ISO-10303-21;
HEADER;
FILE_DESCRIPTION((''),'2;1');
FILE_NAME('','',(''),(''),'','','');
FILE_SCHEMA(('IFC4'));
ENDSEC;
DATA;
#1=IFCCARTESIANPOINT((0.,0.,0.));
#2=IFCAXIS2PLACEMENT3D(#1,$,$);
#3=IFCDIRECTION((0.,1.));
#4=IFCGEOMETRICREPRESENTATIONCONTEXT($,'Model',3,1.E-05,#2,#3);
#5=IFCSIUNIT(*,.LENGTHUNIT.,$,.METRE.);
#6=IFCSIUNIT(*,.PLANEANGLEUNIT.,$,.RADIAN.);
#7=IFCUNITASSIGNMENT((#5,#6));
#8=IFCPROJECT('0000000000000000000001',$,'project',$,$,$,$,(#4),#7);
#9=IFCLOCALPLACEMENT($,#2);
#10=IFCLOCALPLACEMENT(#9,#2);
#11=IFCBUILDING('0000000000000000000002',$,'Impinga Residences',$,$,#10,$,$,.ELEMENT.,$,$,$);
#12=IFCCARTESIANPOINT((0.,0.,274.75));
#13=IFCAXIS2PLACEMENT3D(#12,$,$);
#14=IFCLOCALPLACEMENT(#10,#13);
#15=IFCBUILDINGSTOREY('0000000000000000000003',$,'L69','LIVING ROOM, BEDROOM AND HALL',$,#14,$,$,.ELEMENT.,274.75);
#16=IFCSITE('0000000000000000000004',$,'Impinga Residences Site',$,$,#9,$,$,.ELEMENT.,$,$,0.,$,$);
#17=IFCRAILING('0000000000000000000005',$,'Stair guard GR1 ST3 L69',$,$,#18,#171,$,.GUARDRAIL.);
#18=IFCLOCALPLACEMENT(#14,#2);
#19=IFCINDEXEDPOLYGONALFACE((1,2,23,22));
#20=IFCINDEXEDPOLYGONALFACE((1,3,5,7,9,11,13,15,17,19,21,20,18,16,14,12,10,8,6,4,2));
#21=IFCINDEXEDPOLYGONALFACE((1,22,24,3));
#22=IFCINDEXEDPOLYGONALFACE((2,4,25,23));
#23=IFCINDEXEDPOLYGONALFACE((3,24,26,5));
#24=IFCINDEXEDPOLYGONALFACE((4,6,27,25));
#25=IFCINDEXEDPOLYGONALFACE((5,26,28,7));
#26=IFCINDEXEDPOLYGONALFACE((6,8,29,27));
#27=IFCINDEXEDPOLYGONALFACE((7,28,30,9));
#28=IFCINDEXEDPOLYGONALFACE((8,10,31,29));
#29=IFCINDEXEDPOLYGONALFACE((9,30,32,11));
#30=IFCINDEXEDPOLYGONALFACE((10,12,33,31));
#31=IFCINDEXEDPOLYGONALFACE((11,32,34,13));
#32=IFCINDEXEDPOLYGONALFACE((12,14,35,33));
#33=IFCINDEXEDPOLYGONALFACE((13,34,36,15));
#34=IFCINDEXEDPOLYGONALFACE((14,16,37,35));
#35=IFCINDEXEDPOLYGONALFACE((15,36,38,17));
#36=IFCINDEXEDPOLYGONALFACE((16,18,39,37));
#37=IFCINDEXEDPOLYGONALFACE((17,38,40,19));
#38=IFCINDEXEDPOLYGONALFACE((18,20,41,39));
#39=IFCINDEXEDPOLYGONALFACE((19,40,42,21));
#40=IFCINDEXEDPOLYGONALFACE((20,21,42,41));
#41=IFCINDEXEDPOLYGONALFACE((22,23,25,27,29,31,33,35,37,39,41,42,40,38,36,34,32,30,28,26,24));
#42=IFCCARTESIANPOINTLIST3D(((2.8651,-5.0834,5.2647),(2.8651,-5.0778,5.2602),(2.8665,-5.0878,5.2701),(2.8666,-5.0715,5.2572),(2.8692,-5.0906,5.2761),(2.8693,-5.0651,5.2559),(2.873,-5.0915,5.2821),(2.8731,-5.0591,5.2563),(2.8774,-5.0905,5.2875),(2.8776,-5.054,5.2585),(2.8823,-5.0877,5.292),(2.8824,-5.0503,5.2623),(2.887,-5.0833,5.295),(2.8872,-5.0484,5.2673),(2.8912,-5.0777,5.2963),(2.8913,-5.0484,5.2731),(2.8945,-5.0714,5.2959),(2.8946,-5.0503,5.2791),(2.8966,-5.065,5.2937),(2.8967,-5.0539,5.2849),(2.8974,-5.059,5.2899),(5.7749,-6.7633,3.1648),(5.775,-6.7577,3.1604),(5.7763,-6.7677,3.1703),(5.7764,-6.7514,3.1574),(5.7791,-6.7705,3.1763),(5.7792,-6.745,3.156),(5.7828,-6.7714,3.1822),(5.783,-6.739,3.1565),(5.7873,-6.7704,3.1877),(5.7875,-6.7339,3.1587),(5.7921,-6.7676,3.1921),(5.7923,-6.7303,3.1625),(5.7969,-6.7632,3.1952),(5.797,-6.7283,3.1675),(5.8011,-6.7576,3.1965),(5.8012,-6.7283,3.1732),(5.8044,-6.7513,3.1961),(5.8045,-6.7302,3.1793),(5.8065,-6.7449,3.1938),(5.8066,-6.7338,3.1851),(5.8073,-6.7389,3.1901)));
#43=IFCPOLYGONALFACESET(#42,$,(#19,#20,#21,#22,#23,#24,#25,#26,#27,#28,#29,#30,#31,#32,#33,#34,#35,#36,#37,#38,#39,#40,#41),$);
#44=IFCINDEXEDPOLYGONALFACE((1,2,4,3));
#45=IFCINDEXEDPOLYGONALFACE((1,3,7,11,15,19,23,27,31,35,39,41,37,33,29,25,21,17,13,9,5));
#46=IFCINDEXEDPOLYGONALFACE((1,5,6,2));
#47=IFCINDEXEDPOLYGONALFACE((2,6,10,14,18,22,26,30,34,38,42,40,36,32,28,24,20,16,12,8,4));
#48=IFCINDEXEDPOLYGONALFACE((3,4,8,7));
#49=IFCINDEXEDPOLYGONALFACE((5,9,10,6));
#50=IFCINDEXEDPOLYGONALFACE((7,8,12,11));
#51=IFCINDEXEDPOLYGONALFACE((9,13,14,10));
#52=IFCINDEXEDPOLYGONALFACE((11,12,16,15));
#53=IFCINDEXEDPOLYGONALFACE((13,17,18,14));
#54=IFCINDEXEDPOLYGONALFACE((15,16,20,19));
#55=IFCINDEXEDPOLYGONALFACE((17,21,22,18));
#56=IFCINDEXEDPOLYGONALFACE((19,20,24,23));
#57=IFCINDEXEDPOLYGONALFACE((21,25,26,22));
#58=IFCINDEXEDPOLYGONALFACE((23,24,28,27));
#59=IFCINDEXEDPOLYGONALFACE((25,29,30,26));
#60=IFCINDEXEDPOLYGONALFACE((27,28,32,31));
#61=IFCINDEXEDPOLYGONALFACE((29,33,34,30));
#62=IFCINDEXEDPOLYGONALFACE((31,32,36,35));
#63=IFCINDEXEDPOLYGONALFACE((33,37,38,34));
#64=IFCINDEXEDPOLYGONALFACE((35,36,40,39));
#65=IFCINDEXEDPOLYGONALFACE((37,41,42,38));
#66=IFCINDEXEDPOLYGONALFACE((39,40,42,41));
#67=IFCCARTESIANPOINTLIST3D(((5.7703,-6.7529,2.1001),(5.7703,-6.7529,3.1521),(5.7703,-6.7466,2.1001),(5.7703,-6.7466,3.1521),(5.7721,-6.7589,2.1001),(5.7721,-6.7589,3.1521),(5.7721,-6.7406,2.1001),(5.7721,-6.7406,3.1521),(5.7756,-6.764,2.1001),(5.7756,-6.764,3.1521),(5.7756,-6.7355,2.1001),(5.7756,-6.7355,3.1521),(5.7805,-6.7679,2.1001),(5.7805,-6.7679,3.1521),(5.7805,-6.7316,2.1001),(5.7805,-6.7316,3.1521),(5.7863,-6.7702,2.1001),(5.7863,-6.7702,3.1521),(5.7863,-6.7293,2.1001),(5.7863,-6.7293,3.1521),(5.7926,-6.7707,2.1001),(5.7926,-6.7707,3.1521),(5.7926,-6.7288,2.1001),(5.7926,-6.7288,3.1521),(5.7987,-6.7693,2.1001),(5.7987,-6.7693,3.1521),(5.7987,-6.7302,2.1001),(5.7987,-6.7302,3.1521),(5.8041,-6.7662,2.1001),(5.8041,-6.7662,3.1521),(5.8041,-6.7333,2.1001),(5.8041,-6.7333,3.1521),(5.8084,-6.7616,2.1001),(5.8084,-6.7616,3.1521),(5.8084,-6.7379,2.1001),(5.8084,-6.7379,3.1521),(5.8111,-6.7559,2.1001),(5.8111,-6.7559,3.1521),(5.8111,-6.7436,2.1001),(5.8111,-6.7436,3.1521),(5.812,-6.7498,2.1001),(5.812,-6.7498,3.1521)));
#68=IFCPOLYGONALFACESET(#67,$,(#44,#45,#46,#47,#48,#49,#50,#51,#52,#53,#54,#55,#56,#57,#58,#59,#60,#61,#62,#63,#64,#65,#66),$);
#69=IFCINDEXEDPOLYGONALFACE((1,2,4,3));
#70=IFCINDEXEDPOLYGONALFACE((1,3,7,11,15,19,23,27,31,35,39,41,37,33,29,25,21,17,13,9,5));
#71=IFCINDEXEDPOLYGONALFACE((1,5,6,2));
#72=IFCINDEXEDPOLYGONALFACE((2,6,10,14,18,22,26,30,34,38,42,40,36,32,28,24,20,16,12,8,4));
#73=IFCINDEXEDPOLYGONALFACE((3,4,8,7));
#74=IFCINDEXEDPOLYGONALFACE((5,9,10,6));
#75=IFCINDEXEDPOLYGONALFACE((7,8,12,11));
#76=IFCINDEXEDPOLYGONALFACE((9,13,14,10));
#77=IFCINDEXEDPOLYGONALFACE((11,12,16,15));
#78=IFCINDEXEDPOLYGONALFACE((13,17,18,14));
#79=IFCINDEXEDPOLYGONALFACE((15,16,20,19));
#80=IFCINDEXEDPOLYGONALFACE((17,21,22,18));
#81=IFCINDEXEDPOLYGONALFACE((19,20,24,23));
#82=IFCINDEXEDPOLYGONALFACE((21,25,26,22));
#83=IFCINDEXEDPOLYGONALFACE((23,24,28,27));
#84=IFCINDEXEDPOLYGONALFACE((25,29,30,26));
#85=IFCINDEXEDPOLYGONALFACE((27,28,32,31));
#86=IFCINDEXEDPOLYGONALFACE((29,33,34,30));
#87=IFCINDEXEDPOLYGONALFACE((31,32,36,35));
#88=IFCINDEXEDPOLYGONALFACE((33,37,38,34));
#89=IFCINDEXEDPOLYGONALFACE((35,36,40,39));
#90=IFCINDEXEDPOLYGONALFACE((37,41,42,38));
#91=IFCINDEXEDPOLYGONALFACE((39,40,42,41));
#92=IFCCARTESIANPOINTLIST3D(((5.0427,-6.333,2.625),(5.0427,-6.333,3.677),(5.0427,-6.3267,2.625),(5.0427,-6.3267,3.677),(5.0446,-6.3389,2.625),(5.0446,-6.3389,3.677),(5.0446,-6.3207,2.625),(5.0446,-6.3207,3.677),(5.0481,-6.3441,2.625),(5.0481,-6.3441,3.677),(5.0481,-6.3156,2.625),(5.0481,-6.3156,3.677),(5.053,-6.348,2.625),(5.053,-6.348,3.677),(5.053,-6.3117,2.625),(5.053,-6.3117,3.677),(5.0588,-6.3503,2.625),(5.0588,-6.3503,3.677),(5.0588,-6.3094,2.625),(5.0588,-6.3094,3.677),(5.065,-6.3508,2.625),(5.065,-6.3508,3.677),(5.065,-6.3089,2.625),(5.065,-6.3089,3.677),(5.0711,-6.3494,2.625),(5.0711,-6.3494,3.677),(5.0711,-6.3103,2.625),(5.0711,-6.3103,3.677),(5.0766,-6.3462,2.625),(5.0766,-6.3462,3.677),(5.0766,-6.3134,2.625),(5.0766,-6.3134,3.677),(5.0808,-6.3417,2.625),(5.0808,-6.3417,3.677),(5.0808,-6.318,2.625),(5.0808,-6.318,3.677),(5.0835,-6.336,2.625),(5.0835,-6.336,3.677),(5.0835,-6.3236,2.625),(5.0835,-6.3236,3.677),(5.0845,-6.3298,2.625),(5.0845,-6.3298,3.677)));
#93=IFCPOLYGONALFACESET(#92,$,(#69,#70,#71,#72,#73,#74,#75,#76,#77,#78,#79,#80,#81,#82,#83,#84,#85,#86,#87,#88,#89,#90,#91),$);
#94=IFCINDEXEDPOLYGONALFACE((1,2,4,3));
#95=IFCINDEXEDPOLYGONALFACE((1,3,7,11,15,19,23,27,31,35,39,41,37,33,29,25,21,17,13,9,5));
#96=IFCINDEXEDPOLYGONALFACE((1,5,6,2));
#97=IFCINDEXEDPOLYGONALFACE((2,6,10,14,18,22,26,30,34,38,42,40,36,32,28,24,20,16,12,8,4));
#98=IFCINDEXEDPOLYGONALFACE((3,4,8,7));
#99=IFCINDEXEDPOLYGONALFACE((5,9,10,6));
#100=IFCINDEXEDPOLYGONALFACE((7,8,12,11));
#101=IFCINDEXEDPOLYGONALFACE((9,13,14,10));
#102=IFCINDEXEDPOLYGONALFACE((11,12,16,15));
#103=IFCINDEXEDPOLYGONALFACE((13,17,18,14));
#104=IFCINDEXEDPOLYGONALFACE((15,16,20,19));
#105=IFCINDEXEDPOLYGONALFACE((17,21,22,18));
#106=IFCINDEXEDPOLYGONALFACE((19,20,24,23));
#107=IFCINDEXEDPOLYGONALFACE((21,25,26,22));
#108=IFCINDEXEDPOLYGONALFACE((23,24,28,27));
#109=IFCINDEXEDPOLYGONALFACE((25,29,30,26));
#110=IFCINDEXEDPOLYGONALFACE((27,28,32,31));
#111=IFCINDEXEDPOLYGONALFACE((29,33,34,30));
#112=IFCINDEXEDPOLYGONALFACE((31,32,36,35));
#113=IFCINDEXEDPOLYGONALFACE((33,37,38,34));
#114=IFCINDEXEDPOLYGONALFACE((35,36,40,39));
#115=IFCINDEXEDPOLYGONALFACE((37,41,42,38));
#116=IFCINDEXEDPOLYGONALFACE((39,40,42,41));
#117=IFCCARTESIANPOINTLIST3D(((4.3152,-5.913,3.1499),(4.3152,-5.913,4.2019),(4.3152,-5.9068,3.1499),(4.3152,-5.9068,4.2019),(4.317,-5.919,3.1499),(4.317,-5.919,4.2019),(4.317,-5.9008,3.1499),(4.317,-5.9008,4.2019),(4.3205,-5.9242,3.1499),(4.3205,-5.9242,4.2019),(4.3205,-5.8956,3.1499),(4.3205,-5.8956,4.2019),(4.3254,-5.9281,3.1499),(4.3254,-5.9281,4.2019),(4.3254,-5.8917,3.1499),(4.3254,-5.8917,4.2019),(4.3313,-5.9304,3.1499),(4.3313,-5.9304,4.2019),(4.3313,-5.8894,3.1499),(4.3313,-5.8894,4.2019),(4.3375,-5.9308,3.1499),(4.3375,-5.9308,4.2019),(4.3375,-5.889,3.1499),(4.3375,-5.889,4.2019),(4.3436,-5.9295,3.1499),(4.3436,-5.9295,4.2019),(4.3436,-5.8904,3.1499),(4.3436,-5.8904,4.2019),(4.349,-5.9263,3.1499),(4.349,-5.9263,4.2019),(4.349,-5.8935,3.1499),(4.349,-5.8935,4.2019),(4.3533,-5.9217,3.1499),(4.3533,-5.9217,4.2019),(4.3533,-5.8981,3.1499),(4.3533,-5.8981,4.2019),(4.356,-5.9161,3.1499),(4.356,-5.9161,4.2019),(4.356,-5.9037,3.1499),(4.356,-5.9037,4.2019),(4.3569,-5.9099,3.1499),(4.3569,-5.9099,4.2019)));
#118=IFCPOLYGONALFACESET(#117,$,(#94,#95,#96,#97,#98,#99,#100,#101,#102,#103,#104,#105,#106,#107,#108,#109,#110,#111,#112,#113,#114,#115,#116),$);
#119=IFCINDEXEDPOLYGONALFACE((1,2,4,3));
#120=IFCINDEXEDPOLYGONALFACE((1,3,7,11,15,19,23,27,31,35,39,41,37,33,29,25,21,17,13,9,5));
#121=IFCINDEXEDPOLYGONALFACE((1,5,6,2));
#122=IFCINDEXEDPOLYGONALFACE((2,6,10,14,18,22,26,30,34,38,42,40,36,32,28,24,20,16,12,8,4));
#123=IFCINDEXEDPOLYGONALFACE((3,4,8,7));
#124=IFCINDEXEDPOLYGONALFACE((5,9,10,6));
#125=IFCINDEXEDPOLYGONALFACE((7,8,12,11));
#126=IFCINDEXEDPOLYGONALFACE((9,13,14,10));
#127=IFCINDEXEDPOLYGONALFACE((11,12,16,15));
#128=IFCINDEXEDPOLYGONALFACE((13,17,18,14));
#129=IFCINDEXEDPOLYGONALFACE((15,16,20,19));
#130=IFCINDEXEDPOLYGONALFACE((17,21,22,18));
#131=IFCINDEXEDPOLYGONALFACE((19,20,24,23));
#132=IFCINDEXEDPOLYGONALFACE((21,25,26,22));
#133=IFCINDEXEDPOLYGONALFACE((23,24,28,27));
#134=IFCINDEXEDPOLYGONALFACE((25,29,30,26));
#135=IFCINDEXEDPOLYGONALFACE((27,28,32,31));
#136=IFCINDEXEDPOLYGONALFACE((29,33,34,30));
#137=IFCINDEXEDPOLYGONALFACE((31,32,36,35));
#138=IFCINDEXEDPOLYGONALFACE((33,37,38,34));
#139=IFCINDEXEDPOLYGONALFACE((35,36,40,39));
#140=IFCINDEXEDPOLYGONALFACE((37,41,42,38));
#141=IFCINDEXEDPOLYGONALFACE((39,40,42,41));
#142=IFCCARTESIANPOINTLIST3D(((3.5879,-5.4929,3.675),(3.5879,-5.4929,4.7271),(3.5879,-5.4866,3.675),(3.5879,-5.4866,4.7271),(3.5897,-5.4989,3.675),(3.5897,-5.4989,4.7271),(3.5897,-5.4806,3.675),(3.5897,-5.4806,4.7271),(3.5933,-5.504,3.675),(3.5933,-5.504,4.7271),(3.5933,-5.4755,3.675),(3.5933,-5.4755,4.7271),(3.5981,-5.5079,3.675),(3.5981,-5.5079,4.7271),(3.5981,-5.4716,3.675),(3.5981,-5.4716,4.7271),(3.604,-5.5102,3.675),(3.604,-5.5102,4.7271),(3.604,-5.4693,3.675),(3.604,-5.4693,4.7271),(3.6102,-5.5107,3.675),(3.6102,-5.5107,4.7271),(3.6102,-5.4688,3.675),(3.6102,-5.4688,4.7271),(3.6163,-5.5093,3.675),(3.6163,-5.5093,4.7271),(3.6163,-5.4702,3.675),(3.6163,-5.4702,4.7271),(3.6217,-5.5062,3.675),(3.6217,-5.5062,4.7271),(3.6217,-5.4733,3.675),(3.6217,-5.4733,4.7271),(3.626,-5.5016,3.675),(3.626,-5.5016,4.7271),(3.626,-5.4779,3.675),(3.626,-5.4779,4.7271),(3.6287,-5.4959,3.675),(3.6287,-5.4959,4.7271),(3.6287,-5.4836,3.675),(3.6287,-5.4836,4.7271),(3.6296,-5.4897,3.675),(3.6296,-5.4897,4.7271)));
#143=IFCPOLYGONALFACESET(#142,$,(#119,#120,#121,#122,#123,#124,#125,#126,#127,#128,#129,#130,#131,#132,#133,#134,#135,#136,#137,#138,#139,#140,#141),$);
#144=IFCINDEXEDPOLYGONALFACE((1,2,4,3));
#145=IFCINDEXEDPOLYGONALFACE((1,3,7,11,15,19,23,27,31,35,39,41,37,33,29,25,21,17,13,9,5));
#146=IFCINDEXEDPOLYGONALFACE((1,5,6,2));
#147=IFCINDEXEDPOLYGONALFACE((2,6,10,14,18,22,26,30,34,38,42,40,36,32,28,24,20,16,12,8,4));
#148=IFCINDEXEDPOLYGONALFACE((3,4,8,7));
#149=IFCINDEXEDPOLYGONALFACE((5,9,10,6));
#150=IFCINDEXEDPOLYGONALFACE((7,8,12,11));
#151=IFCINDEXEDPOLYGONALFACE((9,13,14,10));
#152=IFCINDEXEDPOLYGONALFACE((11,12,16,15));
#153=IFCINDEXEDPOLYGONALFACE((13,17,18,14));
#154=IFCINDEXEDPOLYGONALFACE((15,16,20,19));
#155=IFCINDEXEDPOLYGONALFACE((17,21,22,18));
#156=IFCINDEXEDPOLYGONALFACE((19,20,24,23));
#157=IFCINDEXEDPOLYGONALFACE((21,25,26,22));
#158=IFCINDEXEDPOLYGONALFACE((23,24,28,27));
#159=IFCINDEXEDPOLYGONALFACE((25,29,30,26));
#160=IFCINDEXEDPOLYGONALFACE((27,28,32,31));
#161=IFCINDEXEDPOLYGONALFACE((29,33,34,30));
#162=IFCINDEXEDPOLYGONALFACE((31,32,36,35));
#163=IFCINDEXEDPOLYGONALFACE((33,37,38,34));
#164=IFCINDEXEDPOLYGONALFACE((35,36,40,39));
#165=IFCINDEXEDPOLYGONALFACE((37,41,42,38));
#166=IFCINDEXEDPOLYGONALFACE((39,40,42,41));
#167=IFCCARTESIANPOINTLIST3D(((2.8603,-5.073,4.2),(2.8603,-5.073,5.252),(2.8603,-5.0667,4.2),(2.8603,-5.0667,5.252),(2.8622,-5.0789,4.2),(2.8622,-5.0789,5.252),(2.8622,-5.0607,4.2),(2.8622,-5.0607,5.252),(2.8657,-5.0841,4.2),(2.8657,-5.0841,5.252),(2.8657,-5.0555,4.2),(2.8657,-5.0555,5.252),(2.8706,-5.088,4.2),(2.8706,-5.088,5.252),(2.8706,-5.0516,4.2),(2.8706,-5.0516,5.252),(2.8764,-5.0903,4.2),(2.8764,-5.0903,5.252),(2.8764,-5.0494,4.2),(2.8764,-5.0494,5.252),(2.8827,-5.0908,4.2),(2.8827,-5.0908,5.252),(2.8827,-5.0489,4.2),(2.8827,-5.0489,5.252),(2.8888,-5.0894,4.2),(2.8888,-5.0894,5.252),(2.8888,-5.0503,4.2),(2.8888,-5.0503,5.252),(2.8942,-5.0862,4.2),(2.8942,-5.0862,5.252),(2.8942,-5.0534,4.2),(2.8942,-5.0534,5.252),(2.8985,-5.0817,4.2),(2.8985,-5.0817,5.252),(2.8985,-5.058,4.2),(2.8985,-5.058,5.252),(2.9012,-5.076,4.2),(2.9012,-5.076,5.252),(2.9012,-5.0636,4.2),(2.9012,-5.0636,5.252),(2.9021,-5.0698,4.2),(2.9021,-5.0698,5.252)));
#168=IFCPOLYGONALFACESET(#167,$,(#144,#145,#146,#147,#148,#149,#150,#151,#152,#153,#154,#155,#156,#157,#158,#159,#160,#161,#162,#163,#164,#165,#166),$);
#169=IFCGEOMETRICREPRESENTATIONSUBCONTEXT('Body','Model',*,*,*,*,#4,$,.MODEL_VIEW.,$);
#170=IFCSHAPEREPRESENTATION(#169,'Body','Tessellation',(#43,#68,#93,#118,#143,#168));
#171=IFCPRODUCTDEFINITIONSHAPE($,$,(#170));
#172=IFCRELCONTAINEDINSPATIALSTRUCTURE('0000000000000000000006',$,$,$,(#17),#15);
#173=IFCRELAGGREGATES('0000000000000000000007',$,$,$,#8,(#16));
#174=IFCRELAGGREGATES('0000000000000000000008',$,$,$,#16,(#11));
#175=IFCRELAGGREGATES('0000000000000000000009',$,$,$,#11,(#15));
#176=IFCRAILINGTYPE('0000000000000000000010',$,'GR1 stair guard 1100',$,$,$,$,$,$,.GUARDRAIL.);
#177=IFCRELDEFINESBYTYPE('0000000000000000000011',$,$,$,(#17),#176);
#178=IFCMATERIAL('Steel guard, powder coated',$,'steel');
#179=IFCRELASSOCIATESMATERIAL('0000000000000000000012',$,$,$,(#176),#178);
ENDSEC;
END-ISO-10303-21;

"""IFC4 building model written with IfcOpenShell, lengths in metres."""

from ifc_helpers import new_model, si_unit, direction, frame, origin, origin_2d, place, context, subcontext, project, spatial, circle, extrude, material, type_object, element, save


model = new_model("IFC4")

# Units and contexts
model_context = context("Model", 3, precision=1e-05, world=origin(), true_north=direction((0.0, 1.0)))
body_context = subcontext(model_context, "Body", "Model", "MODEL_VIEW")
ifc_project = project(units=[si_unit("LENGTHUNIT", "METRE"), si_unit("PLANEANGLEUNIT", "RADIAN")], contexts=[model_context])

# Site, building, storey
site_placement = place(None, origin())
site = spatial("IfcSite", under=ifc_project, at=site_placement, Name="Impinga Residences Site", CompositionType="ELEMENT", RefElevation=0.0)
building_placement = place(site_placement, origin())
building = spatial("IfcBuilding", under=site, at=building_placement, Name="Impinga Residences", CompositionType="ELEMENT")
storey_placement = place(building_placement, frame((0.0, 0.0, 274.75)))
storey = spatial("IfcBuildingStorey", under=building, at=storey_placement, Name="L69", Description="LIVING ROOM, BEDROOM AND HALL", CompositionType="ELEMENT", Elevation=274.75)

# Railing
ifc_material_1 = material(Name="Steel guard, powder coated", Category="steel")
railing_type_1 = type_object("IfcRailingType", Name="GR1 stair guard 1100", PredefinedType="GUARDRAIL", material=ifc_material_1)
railing_1_placement = place(storey_placement, frame((5.791, -6.7498, 2.1001)))
element("IfcRailing", 1, at=railing_1_placement, inside=storey, type_object=railing_type_1, Name="Stair guard GR1 ST3 L69", PredefinedType="GUARDRAIL", context=body_context, shape_type="SweptSolid", body=[
    extrude(circle(Radius=0.0239, at=origin_2d()), frame((0.0, 0.0, 1.0762), z_axis=(-0.734416, 0.423988, 0.52997), x_axis=(-0.499976, -0.866039, 0.0)), (0.0, 0.0, 1.0), 3.9622),
    extrude(circle(Radius=0.021, at=origin_2d()), origin(), (0.0, 0.0, 1.0), 1.052),
    extrude(circle(Radius=0.021, at=origin_2d()), frame((-0.7275, 0.4199, 0.5249)), (0.0, 0.0, 1.0), 1.052),
    extrude(circle(Radius=0.021, at=origin_2d()), frame((-1.4551, 0.8398, 1.0498)), (0.0, 0.0, 1.0), 1.052),
    extrude(circle(Radius=0.021, at=origin_2d()), frame((-2.1824, 1.26, 1.575)), (0.0, 0.0, 1.0), 1.052),
    extrude(circle(Radius=0.021, at=origin_2d()), frame((-2.9099, 1.6799, 2.0999)), (0.0, 0.0, 1.0), 1.052),
])

save(model, "model.ifc")
